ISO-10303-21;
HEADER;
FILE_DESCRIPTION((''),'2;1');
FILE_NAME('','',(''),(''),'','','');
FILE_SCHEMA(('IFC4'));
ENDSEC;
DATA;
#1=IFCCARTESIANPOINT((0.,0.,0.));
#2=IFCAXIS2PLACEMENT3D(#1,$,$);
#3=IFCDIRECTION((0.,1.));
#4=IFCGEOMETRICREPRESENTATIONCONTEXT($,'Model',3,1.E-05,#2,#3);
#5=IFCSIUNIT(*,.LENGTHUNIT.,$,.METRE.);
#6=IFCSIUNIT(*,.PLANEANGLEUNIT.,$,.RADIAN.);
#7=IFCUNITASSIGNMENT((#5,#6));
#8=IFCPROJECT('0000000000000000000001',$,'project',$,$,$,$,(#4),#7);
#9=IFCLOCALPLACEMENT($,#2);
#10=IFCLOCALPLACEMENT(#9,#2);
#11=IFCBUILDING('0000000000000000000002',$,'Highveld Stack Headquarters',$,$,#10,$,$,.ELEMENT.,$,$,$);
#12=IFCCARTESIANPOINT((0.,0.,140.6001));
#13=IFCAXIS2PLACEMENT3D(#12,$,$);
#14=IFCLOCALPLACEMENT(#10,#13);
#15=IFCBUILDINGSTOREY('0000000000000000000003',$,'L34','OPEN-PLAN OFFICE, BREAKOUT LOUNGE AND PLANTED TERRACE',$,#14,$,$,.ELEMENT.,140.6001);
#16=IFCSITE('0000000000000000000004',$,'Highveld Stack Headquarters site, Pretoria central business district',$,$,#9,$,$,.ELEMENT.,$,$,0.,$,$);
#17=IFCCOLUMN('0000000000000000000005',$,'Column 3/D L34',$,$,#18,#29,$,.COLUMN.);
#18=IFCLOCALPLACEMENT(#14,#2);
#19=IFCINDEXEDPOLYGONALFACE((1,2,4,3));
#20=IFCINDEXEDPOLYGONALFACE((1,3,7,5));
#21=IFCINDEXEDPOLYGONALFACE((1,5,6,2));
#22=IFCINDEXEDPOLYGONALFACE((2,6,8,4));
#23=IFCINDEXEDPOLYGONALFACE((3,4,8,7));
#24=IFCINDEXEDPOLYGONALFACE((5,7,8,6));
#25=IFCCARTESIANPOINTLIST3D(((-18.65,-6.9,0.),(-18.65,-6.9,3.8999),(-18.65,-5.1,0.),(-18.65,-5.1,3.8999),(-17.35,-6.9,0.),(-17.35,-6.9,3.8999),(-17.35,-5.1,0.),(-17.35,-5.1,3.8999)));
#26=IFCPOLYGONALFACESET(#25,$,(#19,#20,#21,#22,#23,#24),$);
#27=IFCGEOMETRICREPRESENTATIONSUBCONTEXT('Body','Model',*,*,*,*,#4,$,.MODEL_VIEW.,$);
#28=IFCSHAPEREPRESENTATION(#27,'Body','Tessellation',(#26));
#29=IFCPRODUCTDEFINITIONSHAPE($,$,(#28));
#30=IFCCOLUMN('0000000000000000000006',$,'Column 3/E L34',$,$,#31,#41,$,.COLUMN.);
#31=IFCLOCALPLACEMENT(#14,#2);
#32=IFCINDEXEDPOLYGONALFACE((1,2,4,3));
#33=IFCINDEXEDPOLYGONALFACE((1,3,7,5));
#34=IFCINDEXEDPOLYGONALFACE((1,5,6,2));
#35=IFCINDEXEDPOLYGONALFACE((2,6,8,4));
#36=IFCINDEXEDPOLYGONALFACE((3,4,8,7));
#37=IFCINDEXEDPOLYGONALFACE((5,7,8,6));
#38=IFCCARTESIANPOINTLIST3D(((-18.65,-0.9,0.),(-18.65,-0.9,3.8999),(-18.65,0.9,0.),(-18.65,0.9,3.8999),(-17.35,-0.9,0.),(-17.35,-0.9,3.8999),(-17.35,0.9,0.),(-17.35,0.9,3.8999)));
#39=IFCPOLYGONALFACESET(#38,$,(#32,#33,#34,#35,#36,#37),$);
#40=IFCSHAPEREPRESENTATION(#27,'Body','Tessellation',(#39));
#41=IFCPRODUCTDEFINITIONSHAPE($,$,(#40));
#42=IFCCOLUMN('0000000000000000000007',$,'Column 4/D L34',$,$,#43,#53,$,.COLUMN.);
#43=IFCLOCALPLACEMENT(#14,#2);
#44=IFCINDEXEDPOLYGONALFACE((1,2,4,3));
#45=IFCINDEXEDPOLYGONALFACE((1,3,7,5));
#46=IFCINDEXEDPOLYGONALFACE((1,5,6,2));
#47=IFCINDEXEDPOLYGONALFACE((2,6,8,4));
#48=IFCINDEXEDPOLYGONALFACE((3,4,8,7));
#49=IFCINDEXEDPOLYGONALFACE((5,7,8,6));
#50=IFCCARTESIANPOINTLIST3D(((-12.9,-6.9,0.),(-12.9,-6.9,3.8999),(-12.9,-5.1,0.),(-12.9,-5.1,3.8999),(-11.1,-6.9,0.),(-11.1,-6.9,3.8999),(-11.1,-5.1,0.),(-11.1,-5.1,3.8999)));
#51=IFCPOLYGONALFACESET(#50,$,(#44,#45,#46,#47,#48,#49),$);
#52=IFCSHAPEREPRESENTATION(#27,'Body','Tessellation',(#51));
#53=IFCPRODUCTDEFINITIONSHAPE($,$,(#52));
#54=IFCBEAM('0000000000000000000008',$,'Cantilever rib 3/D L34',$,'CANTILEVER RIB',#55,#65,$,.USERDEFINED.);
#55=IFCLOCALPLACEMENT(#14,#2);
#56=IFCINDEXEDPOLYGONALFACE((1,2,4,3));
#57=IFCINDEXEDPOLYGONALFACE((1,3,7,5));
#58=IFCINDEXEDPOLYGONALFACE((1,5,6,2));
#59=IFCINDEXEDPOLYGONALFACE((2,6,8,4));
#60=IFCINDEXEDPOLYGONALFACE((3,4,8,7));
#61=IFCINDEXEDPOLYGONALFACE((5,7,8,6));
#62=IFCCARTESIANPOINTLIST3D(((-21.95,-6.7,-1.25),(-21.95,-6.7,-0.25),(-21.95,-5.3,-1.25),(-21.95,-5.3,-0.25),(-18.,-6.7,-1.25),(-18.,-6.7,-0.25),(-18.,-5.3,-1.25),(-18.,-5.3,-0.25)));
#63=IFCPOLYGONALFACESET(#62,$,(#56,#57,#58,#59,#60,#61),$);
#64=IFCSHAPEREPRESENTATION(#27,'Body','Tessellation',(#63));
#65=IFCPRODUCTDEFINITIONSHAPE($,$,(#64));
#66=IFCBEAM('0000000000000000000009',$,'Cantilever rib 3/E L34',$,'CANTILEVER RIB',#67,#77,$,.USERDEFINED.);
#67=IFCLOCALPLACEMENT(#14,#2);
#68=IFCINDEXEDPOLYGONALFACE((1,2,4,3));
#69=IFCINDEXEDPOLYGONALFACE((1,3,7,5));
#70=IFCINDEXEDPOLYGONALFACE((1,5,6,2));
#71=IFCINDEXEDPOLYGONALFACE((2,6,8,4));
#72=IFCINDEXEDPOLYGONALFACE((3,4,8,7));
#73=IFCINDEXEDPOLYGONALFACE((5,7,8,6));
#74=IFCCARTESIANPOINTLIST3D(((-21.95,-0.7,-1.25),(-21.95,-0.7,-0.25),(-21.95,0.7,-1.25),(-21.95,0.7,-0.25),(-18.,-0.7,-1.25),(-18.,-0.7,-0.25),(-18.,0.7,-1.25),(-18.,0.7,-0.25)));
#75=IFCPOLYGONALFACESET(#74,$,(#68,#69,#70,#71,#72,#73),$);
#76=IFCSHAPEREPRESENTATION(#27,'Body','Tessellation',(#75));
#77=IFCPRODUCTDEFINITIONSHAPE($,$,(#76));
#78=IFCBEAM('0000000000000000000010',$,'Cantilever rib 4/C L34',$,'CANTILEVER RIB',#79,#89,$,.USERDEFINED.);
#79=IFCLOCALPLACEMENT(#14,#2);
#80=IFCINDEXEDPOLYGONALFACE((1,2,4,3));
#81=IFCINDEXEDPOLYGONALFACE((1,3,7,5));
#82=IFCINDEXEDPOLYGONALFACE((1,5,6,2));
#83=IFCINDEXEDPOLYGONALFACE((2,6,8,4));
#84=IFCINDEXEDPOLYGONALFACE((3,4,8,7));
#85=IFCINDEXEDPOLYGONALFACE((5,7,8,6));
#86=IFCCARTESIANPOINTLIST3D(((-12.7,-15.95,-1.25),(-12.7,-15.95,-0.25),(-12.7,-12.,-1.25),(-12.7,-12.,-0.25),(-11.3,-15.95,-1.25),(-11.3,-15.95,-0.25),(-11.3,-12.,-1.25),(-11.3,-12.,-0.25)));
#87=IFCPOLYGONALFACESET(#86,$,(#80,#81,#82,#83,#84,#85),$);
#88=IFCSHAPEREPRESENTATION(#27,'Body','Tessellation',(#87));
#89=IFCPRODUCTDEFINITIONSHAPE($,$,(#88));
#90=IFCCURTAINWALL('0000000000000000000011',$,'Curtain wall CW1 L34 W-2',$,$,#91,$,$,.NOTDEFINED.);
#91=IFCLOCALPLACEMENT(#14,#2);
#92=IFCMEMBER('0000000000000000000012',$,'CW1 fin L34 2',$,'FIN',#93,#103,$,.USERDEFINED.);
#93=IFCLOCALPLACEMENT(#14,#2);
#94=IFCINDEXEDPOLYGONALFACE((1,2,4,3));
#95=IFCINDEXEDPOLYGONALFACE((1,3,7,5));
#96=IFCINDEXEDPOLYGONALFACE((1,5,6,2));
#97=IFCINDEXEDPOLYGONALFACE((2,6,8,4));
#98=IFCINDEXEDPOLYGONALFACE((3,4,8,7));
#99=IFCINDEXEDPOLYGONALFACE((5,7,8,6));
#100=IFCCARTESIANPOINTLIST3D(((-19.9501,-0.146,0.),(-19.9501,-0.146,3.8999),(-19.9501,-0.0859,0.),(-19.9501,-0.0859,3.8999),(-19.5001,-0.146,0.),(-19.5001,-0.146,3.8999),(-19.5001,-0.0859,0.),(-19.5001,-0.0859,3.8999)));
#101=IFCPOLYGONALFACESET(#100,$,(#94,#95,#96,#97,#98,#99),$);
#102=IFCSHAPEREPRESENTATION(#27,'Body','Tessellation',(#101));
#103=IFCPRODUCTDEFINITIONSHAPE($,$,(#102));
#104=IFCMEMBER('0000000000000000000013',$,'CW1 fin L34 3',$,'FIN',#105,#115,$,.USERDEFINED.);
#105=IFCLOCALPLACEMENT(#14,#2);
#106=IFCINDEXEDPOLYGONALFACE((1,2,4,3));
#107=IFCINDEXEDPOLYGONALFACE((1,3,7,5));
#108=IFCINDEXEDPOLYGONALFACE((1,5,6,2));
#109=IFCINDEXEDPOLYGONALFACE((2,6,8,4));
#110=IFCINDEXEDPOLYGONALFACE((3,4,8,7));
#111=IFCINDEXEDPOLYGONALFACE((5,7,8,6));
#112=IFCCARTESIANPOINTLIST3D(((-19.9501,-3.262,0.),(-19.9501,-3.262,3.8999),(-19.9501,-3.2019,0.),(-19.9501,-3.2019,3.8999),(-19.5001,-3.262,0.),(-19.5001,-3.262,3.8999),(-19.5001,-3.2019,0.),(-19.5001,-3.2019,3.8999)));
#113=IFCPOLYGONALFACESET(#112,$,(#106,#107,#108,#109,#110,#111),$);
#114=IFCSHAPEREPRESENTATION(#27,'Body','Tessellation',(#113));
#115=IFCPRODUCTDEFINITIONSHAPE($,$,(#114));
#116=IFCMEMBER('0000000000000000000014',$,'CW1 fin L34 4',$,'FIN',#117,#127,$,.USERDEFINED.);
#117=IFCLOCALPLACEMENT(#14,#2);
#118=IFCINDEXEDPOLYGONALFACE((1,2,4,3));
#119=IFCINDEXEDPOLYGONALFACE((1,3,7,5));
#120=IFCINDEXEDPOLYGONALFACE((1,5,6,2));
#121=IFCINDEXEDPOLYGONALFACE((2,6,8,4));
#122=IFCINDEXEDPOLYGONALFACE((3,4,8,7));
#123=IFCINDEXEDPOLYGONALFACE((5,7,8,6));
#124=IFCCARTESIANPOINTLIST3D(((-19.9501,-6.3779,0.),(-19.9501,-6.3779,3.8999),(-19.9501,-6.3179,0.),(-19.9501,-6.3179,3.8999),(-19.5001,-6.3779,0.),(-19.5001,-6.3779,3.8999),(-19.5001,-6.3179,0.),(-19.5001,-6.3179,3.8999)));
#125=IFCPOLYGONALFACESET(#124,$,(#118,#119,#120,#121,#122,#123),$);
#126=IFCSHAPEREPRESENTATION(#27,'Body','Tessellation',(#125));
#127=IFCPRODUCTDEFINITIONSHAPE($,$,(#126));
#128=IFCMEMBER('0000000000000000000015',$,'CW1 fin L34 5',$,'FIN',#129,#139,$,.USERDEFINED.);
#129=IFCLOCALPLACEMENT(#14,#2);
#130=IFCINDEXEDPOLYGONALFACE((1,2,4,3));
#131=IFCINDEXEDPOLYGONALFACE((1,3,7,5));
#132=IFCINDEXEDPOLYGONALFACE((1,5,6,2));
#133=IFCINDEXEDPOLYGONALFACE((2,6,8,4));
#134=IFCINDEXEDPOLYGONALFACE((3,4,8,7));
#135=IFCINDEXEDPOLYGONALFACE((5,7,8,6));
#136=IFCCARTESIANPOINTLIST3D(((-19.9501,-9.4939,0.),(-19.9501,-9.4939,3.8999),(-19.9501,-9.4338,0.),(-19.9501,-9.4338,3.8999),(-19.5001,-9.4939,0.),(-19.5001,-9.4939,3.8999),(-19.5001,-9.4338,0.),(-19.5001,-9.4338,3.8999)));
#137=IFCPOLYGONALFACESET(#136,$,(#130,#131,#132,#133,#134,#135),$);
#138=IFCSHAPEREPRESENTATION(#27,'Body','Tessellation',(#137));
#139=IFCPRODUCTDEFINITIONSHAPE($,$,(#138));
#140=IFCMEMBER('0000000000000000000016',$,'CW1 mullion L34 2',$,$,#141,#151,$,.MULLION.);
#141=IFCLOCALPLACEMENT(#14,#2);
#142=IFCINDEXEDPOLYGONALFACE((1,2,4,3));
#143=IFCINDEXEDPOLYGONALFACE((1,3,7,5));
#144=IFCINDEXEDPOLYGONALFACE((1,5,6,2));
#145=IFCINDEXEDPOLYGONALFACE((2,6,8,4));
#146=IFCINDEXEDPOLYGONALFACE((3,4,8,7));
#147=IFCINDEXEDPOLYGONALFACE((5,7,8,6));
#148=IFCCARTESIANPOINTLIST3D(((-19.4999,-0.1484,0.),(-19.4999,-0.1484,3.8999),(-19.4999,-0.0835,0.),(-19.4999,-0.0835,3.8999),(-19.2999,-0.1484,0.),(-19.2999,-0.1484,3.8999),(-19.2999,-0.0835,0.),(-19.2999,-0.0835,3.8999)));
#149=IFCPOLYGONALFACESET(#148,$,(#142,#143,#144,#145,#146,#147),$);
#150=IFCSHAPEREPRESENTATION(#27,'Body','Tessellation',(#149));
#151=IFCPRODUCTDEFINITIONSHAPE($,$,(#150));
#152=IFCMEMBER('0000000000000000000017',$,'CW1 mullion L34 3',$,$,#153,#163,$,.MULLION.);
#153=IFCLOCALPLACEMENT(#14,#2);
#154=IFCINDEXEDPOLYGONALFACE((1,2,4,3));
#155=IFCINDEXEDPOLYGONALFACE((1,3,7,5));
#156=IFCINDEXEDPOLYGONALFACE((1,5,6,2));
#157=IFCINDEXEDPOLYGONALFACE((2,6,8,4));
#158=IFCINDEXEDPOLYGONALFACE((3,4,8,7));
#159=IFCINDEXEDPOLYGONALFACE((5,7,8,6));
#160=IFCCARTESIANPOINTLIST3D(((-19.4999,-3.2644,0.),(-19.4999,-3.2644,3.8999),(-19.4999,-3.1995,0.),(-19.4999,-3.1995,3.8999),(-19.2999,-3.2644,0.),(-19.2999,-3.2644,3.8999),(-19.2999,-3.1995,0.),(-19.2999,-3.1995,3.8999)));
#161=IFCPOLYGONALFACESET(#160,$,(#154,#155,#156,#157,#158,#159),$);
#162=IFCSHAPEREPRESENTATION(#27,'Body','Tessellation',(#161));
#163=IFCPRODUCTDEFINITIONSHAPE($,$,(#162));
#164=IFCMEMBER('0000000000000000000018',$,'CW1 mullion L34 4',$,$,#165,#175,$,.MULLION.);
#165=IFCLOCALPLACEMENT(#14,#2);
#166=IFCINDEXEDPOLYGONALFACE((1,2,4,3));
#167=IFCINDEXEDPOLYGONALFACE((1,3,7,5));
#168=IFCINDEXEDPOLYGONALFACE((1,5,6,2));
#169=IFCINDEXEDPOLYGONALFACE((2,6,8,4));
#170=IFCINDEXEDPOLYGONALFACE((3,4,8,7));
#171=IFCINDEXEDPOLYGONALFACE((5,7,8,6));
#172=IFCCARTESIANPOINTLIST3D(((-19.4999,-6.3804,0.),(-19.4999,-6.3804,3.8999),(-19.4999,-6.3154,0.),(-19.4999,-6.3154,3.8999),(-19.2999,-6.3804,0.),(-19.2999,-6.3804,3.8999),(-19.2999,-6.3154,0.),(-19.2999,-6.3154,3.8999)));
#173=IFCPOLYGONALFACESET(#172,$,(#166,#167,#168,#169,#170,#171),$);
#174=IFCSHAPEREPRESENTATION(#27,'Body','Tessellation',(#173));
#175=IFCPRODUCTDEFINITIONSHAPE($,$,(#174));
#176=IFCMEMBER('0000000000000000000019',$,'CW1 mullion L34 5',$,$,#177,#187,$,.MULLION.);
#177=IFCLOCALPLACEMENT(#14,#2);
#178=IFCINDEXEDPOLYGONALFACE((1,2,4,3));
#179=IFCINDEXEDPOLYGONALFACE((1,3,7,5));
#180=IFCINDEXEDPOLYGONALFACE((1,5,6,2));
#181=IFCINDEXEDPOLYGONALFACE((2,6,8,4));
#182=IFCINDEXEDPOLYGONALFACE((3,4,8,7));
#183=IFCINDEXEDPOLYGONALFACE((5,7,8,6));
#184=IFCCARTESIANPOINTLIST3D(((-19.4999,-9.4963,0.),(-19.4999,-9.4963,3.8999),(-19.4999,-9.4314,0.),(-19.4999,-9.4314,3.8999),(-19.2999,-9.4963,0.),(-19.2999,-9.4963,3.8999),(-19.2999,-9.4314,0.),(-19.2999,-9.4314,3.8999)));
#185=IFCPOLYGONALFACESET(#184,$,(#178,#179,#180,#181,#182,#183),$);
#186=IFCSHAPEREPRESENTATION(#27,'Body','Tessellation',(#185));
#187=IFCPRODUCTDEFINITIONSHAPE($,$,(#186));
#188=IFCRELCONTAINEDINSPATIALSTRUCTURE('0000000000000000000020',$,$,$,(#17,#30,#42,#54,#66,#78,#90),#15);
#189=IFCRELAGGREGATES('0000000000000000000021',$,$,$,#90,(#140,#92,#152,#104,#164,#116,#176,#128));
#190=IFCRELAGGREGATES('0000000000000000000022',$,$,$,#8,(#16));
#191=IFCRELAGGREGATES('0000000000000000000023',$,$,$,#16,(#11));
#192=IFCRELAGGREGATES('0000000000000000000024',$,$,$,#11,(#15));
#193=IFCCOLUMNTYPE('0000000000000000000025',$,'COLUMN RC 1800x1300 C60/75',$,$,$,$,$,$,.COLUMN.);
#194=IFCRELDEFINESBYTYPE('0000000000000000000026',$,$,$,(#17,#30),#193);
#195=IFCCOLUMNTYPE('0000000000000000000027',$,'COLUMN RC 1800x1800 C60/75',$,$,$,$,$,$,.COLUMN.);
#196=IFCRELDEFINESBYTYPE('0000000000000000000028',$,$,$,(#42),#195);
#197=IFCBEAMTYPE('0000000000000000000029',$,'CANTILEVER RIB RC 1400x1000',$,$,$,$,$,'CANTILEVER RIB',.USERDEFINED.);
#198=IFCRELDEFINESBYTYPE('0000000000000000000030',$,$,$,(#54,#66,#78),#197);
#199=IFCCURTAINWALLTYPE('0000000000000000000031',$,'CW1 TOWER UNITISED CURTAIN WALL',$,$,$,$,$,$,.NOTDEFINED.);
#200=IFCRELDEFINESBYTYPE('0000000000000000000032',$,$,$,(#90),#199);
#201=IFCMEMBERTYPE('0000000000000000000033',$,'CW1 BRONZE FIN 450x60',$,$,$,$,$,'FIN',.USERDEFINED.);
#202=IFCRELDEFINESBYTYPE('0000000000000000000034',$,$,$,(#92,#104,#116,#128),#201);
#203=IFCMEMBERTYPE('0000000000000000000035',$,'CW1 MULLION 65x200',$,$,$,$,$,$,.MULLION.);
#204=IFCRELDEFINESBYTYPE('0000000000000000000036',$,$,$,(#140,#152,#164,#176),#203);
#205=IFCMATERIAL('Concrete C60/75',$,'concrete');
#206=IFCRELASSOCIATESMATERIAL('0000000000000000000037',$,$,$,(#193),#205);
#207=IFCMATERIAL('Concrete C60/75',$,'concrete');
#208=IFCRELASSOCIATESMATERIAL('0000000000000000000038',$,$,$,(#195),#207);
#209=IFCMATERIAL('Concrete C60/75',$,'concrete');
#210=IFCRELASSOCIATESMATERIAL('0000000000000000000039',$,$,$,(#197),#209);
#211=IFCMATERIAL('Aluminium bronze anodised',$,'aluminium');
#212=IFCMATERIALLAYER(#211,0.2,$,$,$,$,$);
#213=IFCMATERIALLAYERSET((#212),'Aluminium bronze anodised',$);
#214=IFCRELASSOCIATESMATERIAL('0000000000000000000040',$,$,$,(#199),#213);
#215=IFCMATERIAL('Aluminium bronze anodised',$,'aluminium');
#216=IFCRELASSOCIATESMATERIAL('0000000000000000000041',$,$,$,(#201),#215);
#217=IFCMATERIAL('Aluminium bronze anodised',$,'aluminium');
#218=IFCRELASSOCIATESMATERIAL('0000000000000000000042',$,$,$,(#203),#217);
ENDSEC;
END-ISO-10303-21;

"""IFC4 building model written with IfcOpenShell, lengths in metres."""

from ifc_helpers import new_model, si_unit, direction, frame, origin, origin_2d, place, context, subcontext, project, spatial, rectangle, extrude, material, layer, layer_set, material_profile, profile_set, type_object, element, aggregate, save


model = new_model("IFC4")

# Units and contexts
model_context = context("Model", 3, precision=1e-05, world=origin(), true_north=direction((0.0, 1.0)))
body_context = subcontext(model_context, "Body", "Model", "MODEL_VIEW")
ifc_project = project(units=[si_unit("LENGTHUNIT", "METRE"), si_unit("PLANEANGLEUNIT", "RADIAN")], contexts=[model_context])

# Site, building, storey
site_placement = place(None, origin())
site = spatial("IfcSite", under=ifc_project, at=site_placement, Name="Highveld Stack Headquarters site, Pretoria central business district", CompositionType="ELEMENT", RefElevation=0.0)
building_placement = place(site_placement, origin())
building = spatial("IfcBuilding", under=site, at=building_placement, Name="Highveld Stack Headquarters", CompositionType="ELEMENT")
storey_placement = place(building_placement, frame((0.0, 0.0, 140.6001)))
storey = spatial("IfcBuildingStorey", under=building, at=storey_placement, Name="L34", Description="OPEN-PLAN OFFICE, BREAKOUT LOUNGE AND PLANTED TERRACE", CompositionType="ELEMENT", Elevation=140.6001)

# Columns
ifc_material_1 = material(Name="Concrete C60/75", Category="concrete")
ifc_material_profile_1 = material_profile(ifc_material_1, rectangle(XDim=1.8, YDim=1.3, at=origin_2d()), Name="RC 1800x1300")
ifc_profile_set_1 = profile_set([ifc_material_profile_1], Name="Concrete C60/75")
column_type_1 = type_object("IfcColumnType", Name="COLUMN RC 1800x1300 C60/75", PredefinedType="COLUMN", material=ifc_profile_set_1)
for number, where, z_axis, x_axis, name in (
    (1, (-18.0, -6.0, 0.0), (0.0, 0.0, 1.0), (0.0, 1.0, 0.0), "Column 3/D L34"),
    (2, (-18.0, 0.0, 0.0), (0.0, 0.0, 1.0), (0.0, 1.0, 0.0), "Column 3/E L34"),
):
    element("IfcColumn", number, at=place(storey_placement, frame(where, z_axis=z_axis, x_axis=x_axis)), inside=storey, type_object=column_type_1, Name=name, PredefinedType="COLUMN", context=body_context, shape_type="SweptSolid", body=[
        extrude(rectangle(XDim=1.8, YDim=1.3, at=origin_2d()), origin(), (0.0, 0.0, 1.0), 3.8999),
    ])
ifc_material_2 = material(Name="Concrete C60/75", Category="concrete")
ifc_material_profile_2 = material_profile(ifc_material_2, rectangle(XDim=1.8, YDim=1.8, at=origin_2d()), Name="RC 1800x1800")
ifc_profile_set_2 = profile_set([ifc_material_profile_2], Name="Concrete C60/75")
column_type_2 = type_object("IfcColumnType", Name="COLUMN RC 1800x1800 C60/75", PredefinedType="COLUMN", material=ifc_profile_set_2)
column_placement = place(storey_placement, frame((-12.0, -6.0, 0.0), z_axis=(0.0, 0.0, 1.0), x_axis=(1.0, 0.0, 0.0)))
element("IfcColumn", 3, at=column_placement, inside=storey, type_object=column_type_2, Name="Column 4/D L34", PredefinedType="COLUMN", context=body_context, shape_type="SweptSolid", body=[
    extrude(rectangle(XDim=1.8, YDim=1.8, at=origin_2d()), origin(), (0.0, 0.0, 1.0), 3.8999),
])

# Beams
ifc_material_3 = material(Name="Concrete C60/75", Category="concrete")
ifc_material_profile_3 = material_profile(ifc_material_3, rectangle(XDim=1.3999, YDim=1.0, at=origin_2d()), Name="RC 1400x1000")
ifc_profile_set_3 = profile_set([ifc_material_profile_3], Name="Concrete C60/75")
beam_type_1 = type_object("IfcBeamType", Name="CANTILEVER RIB RC 1400x1000", ElementType="CANTILEVER RIB", PredefinedType="USERDEFINED", material=ifc_profile_set_3)
for number, where, z_axis, x_axis, name in (
    (4, (-18.0, -6.0, -0.75), (-1.0, 0.0, 0.0), (0.0, -1.0, 0.0), "Cantilever rib 3/D L34"),
    (5, (-18.0, 0.0, -0.75), (-1.0, 0.0, 0.0), (0.0, -1.0, 0.0), "Cantilever rib 3/E L34"),
    (6, (-12.0, -12.0, -0.75), (0.0, -1.0, 0.0), (1.0, 0.0, 0.0), "Cantilever rib 4/C L34"),
):
    element("IfcBeam", number, at=place(storey_placement, frame(where, z_axis=z_axis, x_axis=x_axis)), inside=storey, type_object=beam_type_1, Name=name, ObjectType="CANTILEVER RIB", PredefinedType="USERDEFINED", context=body_context, shape_type="SweptSolid", body=[
        extrude(rectangle(XDim=1.3999, YDim=1.0, at=origin_2d()), origin(), (0.0, 0.0, 1.0), 3.95),
    ])

# Curtain wall, members
ifc_material_4 = material(Name="Aluminium bronze anodised", Category="aluminium")
ifc_layer_1 = layer(ifc_material_4, 0.2)
ifc_layer_set_1 = layer_set([ifc_layer_1], Name="Aluminium bronze anodised")
curtain_wall_type = type_object("IfcCurtainWallType", Name="CW1 TOWER UNITISED CURTAIN WALL", PredefinedType="NOTDEFINED", material=ifc_layer_set_1)
curtain_wall_placement = place(storey_placement, origin())
curtain_wall = element("IfcCurtainWall", 7, at=curtain_wall_placement, inside=storey, type_object=curtain_wall_type, Name="Curtain wall CW1 L34 W-2", PredefinedType="NOTDEFINED")
ifc_material_5 = material(Name="Aluminium bronze anodised", Category="aluminium")
ifc_material_profile_4 = material_profile(ifc_material_5, rectangle(XDim=0.45, YDim=0.0601, at=origin_2d()), Name="FIN 450x60")
ifc_profile_set_4 = profile_set([ifc_material_profile_4], Name="Aluminium bronze anodised")
member_type_1 = type_object("IfcMemberType", Name="CW1 BRONZE FIN 450x60", ElementType="FIN", PredefinedType="USERDEFINED", material=ifc_profile_set_4)
member_1_placement = place(storey_placement, frame((-19.7251, -0.116, 0.0), z_axis=(0.0, 0.0, 1.0), x_axis=(1.0, 0.0, 0.0)))
member_1 = element("IfcMember", 8, at=member_1_placement, type_object=member_type_1, Name="CW1 fin L34 2", ObjectType="FIN", PredefinedType="USERDEFINED", context=body_context, shape_type="SweptSolid", body=[
    extrude(rectangle(XDim=0.45, YDim=0.0601, at=origin_2d()), origin(), (0.0, 0.0, 1.0), 3.8999),
])
member_2_placement = place(storey_placement, frame((-19.7251, -3.2319, 0.0), z_axis=(0.0, 0.0, 1.0), x_axis=(1.0, 0.0, 0.0)))
member_2 = element("IfcMember", 9, at=member_2_placement, type_object=member_type_1, Name="CW1 fin L34 3", ObjectType="FIN", PredefinedType="USERDEFINED", context=body_context, shape_type="SweptSolid", body=[
    extrude(rectangle(XDim=0.45, YDim=0.0601, at=origin_2d()), origin(), (0.0, 0.0, 1.0), 3.8999),
])
member_3_placement = place(storey_placement, frame((-19.7251, -6.3479, 0.0), z_axis=(0.0, 0.0, 1.0), x_axis=(1.0, 0.0, 0.0)))
member_3 = element("IfcMember", 10, at=member_3_placement, type_object=member_type_1, Name="CW1 fin L34 4", ObjectType="FIN", PredefinedType="USERDEFINED", context=body_context, shape_type="SweptSolid", body=[
    extrude(rectangle(XDim=0.45, YDim=0.0601, at=origin_2d()), origin(), (0.0, 0.0, 1.0), 3.8999),
])
member_4_placement = place(storey_placement, frame((-19.7251, -9.4639, 0.0), z_axis=(0.0, 0.0, 1.0), x_axis=(1.0, 0.0, 0.0)))
member_4 = element("IfcMember", 11, at=member_4_placement, type_object=member_type_1, Name="CW1 fin L34 5", ObjectType="FIN", PredefinedType="USERDEFINED", context=body_context, shape_type="SweptSolid", body=[
    extrude(rectangle(XDim=0.45, YDim=0.0601, at=origin_2d()), origin(), (0.0, 0.0, 1.0), 3.8999),
])
ifc_material_6 = material(Name="Aluminium bronze anodised", Category="aluminium")
ifc_material_profile_5 = material_profile(ifc_material_6, rectangle(XDim=0.2, YDim=0.0649, at=origin_2d()), Name="CW1 MULLION 65x200")
ifc_profile_set_5 = profile_set([ifc_material_profile_5], Name="Aluminium bronze anodised")
member_type_2 = type_object("IfcMemberType", Name="CW1 MULLION 65x200", PredefinedType="MULLION", material=ifc_profile_set_5)
member_5_placement = place(storey_placement, frame((-19.3999, -0.116, 0.0), z_axis=(0.0, 0.0, 1.0), x_axis=(1.0, 0.0, 0.0)))
member_5 = element("IfcMember", 12, at=member_5_placement, type_object=member_type_2, Name="CW1 mullion L34 2", PredefinedType="MULLION", context=body_context, shape_type="SweptSolid", body=[
    extrude(rectangle(XDim=0.2, YDim=0.0649, at=origin_2d()), origin(), (0.0, 0.0, 1.0), 3.8999),
])
member_6_placement = place(storey_placement, frame((-19.3999, -3.2319, 0.0), z_axis=(0.0, 0.0, 1.0), x_axis=(1.0, 0.0, 0.0)))
member_6 = element("IfcMember", 13, at=member_6_placement, type_object=member_type_2, Name="CW1 mullion L34 3", PredefinedType="MULLION", context=body_context, shape_type="SweptSolid", body=[
    extrude(rectangle(XDim=0.2, YDim=0.0649, at=origin_2d()), origin(), (0.0, 0.0, 1.0), 3.8999),
])
member_7_placement = place(storey_placement, frame((-19.3999, -6.3479, 0.0), z_axis=(0.0, 0.0, 1.0), x_axis=(1.0, 0.0, 0.0)))
member_7 = element("IfcMember", 14, at=member_7_placement, type_object=member_type_2, Name="CW1 mullion L34 4", PredefinedType="MULLION", context=body_context, shape_type="SweptSolid", body=[
    extrude(rectangle(XDim=0.2, YDim=0.0649, at=origin_2d()), origin(), (0.0, 0.0, 1.0), 3.8999),
])
member_8_placement = place(storey_placement, frame((-19.3999, -9.4639, 0.0), z_axis=(0.0, 0.0, 1.0), x_axis=(1.0, 0.0, 0.0)))
member_8 = element("IfcMember", 15, at=member_8_placement, type_object=member_type_2, Name="CW1 mullion L34 5", PredefinedType="MULLION", context=body_context, shape_type="SweptSolid", body=[
    extrude(rectangle(XDim=0.2, YDim=0.0649, at=origin_2d()), origin(), (0.0, 0.0, 1.0), 3.8999),
])

aggregate(curtain_wall, [member_5, member_1, member_6, member_2, member_7, member_3, member_8, member_4])

save(model, "model.ifc")
